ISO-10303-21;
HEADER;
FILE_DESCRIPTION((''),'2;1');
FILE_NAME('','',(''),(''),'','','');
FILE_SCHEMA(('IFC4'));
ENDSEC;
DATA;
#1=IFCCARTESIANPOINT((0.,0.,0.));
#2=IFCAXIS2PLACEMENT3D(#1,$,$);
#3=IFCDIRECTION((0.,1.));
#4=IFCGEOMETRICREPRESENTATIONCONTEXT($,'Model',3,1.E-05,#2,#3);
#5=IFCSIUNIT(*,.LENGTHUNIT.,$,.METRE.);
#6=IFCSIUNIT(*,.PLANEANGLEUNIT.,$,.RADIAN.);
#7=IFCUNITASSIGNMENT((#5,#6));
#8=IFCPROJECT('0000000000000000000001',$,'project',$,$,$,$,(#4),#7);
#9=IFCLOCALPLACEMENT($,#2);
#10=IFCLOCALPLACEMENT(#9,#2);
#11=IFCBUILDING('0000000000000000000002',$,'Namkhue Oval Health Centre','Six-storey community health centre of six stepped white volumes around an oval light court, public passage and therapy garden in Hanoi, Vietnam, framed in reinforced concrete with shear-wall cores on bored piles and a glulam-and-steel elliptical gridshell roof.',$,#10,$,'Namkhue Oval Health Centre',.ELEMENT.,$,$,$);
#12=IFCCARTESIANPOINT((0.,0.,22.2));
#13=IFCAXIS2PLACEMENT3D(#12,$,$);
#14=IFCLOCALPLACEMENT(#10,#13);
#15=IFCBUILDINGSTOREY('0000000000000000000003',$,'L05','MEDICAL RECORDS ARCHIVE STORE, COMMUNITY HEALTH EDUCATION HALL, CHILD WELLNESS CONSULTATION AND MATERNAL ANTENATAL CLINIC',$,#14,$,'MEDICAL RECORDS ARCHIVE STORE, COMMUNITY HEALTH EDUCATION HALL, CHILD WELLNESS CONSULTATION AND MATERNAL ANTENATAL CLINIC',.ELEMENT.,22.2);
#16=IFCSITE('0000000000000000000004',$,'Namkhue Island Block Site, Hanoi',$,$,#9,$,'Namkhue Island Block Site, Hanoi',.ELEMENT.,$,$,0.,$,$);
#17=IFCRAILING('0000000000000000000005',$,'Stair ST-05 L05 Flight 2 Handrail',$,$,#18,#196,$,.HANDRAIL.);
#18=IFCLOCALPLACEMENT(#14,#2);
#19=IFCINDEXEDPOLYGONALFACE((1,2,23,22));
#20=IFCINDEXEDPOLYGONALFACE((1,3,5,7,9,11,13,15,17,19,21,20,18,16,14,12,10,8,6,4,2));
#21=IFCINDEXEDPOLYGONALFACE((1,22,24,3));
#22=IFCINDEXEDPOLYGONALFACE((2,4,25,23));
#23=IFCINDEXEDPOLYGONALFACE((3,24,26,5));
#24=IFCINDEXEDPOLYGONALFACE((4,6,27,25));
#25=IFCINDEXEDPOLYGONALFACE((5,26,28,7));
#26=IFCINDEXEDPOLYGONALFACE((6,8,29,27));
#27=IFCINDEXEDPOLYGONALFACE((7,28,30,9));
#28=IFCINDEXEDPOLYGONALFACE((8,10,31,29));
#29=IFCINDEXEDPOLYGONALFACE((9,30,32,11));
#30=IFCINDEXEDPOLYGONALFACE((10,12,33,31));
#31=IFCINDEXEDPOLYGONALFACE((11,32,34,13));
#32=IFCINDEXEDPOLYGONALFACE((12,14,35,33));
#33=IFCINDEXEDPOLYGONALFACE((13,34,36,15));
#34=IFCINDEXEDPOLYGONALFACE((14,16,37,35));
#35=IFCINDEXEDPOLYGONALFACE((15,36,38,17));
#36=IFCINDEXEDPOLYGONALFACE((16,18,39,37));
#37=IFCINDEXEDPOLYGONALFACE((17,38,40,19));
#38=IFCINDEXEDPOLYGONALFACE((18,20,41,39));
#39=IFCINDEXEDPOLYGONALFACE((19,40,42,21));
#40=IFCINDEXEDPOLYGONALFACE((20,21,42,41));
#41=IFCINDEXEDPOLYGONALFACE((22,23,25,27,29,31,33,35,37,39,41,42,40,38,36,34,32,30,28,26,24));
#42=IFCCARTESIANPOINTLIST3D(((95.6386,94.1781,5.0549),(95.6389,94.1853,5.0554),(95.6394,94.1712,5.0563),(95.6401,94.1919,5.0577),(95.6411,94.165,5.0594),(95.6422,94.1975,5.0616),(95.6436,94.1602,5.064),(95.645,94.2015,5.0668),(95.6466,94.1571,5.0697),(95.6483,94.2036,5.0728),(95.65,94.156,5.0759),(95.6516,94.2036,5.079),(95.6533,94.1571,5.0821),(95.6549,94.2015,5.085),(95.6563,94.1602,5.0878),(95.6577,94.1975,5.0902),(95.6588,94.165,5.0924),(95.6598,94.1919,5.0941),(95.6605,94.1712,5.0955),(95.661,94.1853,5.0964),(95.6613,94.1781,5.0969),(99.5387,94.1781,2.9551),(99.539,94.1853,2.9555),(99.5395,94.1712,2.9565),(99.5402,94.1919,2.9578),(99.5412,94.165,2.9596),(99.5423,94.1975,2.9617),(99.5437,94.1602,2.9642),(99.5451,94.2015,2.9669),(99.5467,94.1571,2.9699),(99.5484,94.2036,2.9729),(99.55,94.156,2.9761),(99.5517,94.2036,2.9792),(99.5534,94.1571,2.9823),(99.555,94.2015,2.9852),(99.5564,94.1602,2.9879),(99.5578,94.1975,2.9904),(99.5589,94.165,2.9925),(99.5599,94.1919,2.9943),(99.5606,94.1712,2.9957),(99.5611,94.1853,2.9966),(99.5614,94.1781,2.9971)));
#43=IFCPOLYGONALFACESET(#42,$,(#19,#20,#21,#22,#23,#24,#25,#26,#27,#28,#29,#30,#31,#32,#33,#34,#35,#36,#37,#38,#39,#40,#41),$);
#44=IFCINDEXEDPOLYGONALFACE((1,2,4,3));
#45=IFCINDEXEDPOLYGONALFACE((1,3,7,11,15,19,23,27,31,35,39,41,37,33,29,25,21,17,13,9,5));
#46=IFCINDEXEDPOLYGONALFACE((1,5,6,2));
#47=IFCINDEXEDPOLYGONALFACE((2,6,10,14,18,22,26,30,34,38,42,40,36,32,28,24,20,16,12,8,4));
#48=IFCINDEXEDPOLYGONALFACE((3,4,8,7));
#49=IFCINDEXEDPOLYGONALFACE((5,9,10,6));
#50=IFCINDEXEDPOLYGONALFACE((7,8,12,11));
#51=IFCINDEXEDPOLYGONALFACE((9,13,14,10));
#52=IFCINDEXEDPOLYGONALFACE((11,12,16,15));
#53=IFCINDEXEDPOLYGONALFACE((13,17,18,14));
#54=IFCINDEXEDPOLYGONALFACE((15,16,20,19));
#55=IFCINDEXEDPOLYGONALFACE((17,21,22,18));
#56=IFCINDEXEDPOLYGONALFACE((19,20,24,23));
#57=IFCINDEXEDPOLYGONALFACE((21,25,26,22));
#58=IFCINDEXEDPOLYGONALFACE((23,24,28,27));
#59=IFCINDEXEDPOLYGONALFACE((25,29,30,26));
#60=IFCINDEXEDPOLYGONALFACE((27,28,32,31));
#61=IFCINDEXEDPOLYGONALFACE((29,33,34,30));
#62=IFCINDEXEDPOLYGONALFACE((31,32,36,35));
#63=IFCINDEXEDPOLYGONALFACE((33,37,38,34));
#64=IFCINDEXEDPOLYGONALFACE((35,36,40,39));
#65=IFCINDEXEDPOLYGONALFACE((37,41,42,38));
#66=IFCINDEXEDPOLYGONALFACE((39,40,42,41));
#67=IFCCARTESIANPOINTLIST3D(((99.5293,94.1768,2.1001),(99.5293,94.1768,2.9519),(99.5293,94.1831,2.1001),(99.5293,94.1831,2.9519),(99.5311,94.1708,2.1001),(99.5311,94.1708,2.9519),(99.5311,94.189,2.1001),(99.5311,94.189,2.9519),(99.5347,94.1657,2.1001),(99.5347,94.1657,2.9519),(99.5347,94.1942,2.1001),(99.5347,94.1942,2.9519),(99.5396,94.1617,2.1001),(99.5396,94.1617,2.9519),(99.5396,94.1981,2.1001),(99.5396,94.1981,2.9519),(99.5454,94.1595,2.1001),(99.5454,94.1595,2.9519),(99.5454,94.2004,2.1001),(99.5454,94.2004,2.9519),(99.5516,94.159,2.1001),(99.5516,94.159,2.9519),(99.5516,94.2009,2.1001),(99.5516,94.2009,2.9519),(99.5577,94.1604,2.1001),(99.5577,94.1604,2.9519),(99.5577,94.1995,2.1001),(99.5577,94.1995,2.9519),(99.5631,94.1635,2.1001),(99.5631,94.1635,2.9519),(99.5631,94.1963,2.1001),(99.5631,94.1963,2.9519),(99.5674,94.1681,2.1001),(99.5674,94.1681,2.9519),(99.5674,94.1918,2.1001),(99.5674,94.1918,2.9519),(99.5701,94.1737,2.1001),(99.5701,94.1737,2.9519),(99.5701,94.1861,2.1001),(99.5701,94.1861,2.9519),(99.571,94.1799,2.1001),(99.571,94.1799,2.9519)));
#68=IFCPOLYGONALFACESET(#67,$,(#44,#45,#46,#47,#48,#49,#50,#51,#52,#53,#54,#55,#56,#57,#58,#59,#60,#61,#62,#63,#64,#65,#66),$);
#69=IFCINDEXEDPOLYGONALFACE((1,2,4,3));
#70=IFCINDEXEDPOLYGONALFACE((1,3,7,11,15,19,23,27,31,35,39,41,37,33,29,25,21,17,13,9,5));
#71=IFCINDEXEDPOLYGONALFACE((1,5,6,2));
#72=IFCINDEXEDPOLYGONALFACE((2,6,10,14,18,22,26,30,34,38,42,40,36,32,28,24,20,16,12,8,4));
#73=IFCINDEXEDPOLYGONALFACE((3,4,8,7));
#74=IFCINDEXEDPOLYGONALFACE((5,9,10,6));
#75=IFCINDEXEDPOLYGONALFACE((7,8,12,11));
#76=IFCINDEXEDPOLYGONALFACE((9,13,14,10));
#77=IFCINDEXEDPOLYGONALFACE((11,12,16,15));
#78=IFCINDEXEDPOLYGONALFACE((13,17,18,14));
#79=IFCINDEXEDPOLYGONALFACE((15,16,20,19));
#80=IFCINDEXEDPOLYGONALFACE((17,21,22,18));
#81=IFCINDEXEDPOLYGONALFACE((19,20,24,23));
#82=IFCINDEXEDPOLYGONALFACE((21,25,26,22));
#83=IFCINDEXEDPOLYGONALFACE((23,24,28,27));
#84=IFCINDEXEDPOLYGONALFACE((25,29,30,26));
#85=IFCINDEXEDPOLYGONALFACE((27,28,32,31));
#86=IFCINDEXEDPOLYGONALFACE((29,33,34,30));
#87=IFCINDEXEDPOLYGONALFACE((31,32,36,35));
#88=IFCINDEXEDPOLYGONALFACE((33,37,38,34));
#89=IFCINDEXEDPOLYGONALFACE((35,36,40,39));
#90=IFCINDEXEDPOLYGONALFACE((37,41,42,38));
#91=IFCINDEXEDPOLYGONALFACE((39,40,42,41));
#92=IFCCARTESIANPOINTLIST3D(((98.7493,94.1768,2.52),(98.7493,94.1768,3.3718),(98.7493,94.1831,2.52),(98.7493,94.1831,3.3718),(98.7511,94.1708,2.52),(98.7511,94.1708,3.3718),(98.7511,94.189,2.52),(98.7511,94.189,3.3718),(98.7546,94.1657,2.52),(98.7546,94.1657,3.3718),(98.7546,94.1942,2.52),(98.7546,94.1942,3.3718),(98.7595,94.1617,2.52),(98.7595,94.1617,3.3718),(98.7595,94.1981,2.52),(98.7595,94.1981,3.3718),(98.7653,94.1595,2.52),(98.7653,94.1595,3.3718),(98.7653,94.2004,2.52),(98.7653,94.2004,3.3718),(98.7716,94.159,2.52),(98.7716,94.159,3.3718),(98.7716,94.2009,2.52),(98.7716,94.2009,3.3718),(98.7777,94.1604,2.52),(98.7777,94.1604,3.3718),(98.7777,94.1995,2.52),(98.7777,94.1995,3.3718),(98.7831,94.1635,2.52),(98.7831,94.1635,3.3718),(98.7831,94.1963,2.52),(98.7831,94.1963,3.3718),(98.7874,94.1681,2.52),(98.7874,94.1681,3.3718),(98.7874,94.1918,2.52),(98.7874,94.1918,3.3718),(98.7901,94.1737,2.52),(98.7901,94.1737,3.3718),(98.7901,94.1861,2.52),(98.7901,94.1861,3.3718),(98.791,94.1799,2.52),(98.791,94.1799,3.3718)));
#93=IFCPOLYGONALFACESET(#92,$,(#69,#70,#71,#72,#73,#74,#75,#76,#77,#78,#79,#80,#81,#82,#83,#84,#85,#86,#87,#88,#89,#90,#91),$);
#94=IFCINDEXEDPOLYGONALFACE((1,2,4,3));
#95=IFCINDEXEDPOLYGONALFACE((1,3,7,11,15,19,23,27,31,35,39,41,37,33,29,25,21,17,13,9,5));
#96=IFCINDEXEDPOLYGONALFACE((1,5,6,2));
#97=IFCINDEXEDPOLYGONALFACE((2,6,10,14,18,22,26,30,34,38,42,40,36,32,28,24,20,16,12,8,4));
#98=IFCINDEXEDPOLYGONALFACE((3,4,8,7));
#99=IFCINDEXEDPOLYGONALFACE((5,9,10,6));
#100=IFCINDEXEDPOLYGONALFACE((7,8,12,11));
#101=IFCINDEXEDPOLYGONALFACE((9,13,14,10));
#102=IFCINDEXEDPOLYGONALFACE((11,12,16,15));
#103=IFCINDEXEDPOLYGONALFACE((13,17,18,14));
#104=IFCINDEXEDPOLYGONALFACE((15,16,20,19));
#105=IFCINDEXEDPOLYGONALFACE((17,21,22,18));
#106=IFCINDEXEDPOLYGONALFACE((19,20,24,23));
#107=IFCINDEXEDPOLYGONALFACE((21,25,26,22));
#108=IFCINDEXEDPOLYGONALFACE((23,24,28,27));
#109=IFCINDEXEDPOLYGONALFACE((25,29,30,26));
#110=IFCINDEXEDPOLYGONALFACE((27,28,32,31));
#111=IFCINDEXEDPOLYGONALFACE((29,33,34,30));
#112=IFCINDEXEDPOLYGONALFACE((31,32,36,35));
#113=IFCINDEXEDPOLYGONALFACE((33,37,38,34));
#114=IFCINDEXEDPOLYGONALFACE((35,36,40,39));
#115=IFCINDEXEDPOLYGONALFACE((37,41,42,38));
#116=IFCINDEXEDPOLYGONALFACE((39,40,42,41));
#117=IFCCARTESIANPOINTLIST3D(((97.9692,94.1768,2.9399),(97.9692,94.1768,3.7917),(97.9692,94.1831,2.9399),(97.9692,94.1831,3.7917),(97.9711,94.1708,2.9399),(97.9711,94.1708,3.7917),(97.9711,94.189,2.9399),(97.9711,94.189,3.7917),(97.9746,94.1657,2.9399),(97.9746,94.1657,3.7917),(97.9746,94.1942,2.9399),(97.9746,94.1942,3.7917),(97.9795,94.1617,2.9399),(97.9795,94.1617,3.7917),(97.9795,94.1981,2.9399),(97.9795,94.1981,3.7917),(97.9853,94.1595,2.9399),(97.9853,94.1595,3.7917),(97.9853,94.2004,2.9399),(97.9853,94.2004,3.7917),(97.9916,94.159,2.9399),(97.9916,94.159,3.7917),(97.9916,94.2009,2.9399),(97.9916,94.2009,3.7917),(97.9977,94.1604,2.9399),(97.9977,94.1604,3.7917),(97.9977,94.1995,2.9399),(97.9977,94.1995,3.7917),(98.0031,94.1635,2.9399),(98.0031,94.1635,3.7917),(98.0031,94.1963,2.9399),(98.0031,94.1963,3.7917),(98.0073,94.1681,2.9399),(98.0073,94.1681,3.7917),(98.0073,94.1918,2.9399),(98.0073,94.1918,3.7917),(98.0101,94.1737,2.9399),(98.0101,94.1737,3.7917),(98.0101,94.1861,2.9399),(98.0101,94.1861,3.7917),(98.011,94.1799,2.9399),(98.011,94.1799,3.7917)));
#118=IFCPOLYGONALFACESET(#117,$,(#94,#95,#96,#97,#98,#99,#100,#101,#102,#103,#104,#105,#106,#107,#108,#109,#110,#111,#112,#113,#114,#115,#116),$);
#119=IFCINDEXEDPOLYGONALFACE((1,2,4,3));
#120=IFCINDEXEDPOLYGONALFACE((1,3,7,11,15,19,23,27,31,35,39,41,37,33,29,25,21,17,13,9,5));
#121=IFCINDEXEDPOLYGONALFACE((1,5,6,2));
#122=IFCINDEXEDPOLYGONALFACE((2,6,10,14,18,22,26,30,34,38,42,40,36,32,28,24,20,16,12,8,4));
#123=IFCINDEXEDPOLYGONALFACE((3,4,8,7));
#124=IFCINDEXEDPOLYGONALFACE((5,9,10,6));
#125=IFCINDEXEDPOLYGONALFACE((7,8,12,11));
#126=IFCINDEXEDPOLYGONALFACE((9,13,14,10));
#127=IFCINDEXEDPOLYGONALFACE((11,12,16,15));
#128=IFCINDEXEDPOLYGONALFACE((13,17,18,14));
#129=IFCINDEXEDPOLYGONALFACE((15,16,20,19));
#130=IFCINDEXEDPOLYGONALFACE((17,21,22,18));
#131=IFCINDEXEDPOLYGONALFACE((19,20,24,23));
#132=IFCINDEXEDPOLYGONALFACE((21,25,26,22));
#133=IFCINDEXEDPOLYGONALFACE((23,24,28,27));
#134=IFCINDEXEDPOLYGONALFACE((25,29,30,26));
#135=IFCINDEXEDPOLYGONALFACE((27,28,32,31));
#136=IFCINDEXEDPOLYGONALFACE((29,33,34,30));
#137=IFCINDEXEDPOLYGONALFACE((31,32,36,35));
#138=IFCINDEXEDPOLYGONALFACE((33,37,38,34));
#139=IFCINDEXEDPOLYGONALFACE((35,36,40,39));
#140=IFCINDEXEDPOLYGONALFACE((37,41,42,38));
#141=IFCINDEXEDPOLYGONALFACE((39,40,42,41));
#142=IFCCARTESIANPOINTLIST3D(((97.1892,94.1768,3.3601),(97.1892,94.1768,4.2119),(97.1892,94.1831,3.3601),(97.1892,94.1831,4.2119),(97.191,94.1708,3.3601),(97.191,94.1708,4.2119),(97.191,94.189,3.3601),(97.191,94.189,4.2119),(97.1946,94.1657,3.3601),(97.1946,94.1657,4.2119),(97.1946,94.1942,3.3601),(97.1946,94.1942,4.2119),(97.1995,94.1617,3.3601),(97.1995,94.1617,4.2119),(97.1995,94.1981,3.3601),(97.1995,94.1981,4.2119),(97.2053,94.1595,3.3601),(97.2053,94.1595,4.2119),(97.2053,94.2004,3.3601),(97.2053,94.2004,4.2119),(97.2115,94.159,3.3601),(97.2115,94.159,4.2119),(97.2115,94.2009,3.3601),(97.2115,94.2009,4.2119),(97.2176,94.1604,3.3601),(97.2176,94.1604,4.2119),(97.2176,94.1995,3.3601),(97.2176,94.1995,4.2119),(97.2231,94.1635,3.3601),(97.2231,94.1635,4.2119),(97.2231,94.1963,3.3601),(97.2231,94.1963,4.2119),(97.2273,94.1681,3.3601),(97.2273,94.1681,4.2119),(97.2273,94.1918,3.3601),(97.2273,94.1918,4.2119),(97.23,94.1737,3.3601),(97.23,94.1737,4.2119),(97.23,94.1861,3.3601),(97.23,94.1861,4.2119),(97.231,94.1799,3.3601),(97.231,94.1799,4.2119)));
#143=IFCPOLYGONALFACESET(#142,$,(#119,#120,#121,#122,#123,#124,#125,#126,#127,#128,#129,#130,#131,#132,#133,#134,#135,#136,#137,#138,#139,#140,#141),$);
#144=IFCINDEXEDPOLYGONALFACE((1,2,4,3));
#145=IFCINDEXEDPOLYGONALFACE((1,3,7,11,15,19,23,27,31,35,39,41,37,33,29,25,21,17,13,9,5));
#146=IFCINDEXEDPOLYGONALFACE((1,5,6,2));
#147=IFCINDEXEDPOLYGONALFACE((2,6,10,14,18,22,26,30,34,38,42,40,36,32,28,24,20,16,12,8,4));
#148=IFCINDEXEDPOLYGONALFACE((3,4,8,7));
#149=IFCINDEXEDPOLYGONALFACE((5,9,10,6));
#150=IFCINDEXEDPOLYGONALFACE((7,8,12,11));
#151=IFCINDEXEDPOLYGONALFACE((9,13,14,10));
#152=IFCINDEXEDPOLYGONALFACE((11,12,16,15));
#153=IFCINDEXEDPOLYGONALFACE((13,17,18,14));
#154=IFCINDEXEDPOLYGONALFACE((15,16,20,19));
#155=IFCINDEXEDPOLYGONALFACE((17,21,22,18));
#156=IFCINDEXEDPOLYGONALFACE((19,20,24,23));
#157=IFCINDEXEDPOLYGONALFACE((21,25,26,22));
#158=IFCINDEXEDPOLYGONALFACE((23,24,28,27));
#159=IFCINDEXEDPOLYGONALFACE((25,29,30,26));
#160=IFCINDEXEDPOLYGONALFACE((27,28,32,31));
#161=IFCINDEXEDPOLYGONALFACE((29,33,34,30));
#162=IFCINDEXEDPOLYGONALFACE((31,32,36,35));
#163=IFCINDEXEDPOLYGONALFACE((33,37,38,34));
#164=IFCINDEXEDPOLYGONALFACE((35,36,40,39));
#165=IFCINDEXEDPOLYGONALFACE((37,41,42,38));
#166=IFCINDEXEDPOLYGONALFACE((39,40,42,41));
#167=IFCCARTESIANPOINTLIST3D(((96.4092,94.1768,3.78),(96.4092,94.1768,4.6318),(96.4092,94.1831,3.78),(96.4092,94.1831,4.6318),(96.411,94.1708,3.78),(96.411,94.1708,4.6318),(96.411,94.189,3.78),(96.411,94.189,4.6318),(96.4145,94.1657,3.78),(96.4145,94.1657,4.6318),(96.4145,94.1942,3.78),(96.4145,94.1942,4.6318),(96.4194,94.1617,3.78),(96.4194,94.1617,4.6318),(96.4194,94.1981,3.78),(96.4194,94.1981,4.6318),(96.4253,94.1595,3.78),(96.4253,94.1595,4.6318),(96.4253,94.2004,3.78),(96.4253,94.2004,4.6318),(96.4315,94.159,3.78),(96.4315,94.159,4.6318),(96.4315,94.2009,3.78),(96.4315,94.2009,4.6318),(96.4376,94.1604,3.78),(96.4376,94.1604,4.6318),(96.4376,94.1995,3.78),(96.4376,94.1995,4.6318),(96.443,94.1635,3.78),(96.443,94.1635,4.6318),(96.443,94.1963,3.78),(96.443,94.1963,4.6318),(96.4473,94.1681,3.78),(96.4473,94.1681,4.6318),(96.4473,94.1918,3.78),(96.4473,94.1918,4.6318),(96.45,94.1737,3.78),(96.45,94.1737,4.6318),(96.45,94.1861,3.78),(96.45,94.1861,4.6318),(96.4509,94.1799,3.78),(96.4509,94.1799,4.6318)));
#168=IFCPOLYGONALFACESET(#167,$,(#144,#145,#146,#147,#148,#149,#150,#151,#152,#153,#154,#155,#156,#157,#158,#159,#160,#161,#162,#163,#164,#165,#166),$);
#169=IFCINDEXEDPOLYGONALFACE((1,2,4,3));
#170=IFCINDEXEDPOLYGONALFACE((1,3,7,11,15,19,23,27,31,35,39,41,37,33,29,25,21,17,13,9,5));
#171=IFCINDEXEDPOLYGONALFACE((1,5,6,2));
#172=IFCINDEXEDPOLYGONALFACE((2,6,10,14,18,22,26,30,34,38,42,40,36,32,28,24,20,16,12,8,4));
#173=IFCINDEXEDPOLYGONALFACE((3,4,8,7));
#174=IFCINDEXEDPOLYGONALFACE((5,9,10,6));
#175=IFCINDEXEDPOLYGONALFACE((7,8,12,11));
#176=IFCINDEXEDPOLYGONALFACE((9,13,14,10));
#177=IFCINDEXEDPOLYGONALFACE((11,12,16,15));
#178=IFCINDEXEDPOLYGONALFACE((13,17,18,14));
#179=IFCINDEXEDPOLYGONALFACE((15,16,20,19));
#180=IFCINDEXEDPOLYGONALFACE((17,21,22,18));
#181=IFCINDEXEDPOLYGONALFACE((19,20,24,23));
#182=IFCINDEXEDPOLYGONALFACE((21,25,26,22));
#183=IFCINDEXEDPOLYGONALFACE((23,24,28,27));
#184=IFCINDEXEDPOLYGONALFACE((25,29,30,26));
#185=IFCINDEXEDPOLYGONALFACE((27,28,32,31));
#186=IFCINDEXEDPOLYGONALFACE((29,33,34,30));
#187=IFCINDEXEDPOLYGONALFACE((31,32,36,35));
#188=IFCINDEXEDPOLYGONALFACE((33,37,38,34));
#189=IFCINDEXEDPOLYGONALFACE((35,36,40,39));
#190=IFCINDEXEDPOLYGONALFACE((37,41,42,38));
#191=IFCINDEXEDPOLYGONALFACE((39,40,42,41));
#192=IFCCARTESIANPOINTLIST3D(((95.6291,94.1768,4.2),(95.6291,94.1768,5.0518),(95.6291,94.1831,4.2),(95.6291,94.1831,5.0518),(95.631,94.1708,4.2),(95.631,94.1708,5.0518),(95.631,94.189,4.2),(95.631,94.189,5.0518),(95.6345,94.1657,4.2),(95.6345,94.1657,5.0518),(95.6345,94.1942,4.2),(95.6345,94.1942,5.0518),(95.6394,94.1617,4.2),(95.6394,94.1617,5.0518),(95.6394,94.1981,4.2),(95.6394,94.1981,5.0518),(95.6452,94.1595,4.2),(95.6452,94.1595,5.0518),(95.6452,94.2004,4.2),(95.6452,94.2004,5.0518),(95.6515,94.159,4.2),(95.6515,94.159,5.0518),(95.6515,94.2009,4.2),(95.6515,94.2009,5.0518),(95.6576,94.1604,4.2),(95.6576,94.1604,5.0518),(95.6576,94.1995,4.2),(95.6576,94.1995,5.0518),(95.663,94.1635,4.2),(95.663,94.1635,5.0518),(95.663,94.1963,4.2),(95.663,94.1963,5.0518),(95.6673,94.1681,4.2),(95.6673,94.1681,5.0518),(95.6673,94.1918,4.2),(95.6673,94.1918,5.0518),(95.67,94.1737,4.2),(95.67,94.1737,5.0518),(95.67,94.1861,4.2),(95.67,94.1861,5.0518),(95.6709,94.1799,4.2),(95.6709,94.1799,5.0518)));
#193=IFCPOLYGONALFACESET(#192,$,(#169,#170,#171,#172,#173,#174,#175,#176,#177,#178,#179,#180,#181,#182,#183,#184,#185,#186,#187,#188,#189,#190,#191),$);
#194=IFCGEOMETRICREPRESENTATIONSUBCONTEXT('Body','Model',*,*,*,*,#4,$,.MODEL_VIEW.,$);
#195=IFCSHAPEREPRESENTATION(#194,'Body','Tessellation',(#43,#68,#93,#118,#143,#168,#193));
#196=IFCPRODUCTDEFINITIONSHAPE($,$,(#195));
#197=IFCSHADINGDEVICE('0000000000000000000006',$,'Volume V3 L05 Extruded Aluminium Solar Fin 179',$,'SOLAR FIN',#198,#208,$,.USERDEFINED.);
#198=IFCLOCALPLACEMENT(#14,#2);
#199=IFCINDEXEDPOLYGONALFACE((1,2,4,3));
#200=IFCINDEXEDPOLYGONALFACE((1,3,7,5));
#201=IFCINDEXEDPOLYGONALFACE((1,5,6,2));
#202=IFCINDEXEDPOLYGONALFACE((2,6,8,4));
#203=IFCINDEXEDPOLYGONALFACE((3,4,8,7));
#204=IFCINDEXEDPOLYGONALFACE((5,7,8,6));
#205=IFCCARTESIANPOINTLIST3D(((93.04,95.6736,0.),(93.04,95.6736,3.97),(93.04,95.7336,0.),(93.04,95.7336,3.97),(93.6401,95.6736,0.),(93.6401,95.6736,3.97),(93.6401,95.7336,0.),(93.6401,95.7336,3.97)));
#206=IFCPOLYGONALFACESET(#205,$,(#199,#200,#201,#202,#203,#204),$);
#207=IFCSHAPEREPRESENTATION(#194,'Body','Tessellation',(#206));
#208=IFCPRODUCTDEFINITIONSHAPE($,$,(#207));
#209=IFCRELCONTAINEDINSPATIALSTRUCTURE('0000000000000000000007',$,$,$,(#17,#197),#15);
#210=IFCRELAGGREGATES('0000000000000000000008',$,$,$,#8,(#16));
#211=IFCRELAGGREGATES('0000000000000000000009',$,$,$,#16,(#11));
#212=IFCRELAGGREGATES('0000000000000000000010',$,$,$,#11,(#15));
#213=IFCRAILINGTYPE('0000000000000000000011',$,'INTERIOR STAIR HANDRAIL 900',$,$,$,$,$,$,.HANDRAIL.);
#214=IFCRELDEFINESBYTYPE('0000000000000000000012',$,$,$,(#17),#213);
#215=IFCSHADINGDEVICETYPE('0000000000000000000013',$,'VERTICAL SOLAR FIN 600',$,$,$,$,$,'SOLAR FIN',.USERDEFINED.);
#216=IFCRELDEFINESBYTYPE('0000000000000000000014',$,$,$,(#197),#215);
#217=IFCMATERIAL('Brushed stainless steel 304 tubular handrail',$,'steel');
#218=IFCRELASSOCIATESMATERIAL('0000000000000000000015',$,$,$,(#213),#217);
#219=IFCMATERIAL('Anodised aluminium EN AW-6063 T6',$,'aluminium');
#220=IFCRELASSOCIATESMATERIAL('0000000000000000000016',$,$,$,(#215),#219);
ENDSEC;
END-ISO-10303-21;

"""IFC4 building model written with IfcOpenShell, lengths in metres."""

from ifc_helpers import new_model, si_unit, direction, frame, origin, origin_2d, place, context, subcontext, project, spatial, rectangle, circle, extrude, material, type_object, element, save


model = new_model("IFC4")

# Units and contexts
model_context = context("Model", 3, precision=1e-05, world=origin(), true_north=direction((0.0, 1.0)))
body_context = subcontext(model_context, "Body", "Model", "MODEL_VIEW")
ifc_project = project(units=[si_unit("LENGTHUNIT", "METRE"), si_unit("PLANEANGLEUNIT", "RADIAN")], contexts=[model_context])

# Site, building, storey
site_placement = place(None, origin())
site = spatial("IfcSite", under=ifc_project, at=site_placement, Name="Namkhue Island Block Site, Hanoi", LongName="Namkhue Island Block Site, Hanoi", CompositionType="ELEMENT", RefElevation=0.0)
building_placement = place(site_placement, origin())
building = spatial("IfcBuilding", under=site, at=building_placement, Name="Namkhue Oval Health Centre", Description="Six-storey community health centre of six stepped white volumes around an oval light court, public passage and therapy garden in Hanoi, Vietnam, framed in reinforced concrete with shear-wall cores on bored piles and a glulam-and-steel elliptical gridshell roof.", LongName="Namkhue Oval Health Centre", CompositionType="ELEMENT")
storey_placement = place(building_placement, frame((0.0, 0.0, 22.2)))
storey = spatial("IfcBuildingStorey", under=building, at=storey_placement, Name="L05", Description="MEDICAL RECORDS ARCHIVE STORE, COMMUNITY HEALTH EDUCATION HALL, CHILD WELLNESS CONSULTATION AND MATERNAL ANTENATAL CLINIC", LongName="MEDICAL RECORDS ARCHIVE STORE, COMMUNITY HEALTH EDUCATION HALL, CHILD WELLNESS CONSULTATION AND MATERNAL ANTENATAL CLINIC", CompositionType="ELEMENT", Elevation=22.2)

# Shared definitions
ifc_material_1 = material(Name="Anodised aluminium EN AW-6063 T6", Category="aluminium")

# Railing
ifc_material_2 = material(Name="Brushed stainless steel 304 tubular handrail", Category="steel")
railing_type_1 = type_object("IfcRailingType", Name="INTERIOR STAIR HANDRAIL 900", PredefinedType="HANDRAIL", material=ifc_material_2)
railing_1_placement = place(storey_placement, frame((99.55, 94.1799, 2.1001)))
element("IfcRailing", 1, at=railing_1_placement, inside=storey, type_object=railing_type_1, Name="Stair ST-05 L05 Flight 2 Handrail", PredefinedType="HANDRAIL", context=body_context, shape_type="SweptSolid", body=[
    extrude(circle(Radius=0.0239, at=origin_2d()), frame((0.0, 0.0, 0.876), z_axis=(-0.880492, 0.0, 0.47406), x_axis=(0.0, -1.0, 0.0)), (0.0, 0.0, 1.0), 4.4294),
    extrude(circle(Radius=0.021, at=origin_2d()), origin(), (0.0, 0.0, 1.0), 0.8518),
    extrude(circle(Radius=0.021, at=origin_2d()), frame((-0.78, 0.0, 0.4199)), (0.0, 0.0, 1.0), 0.8518),
    extrude(circle(Radius=0.021, at=origin_2d()), frame((-1.5601, 0.0, 0.8398)), (0.0, 0.0, 1.0), 0.8518),
    extrude(circle(Radius=0.021, at=origin_2d()), frame((-2.3401, 0.0, 1.26)), (0.0, 0.0, 1.0), 0.8518),
    extrude(circle(Radius=0.021, at=origin_2d()), frame((-3.1201, 0.0, 1.6799)), (0.0, 0.0, 1.0), 0.8518),
    extrude(circle(Radius=0.021, at=origin_2d()), frame((-3.9001, 0.0, 2.0999)), (0.0, 0.0, 1.0), 0.8518),
])

# Shading device
shading_device_type = type_object("IfcShadingDeviceType", Name="VERTICAL SOLAR FIN 600", ElementType="SOLAR FIN", PredefinedType="USERDEFINED", material=ifc_material_1)
shading_device_placement = place(storey_placement, frame((93.3401, 95.7036, 0.0), z_axis=(0.0, 0.0, 1.0), x_axis=(-1.0, 0.0, 0.0)))
element("IfcShadingDevice", 2, at=shading_device_placement, inside=storey, type_object=shading_device_type, Name="Volume V3 L05 Extruded Aluminium Solar Fin 179", ObjectType="SOLAR FIN", PredefinedType="USERDEFINED", context=body_context, shape_type="SweptSolid", body=[
    extrude(rectangle(XDim=0.6001, YDim=0.0601, at=origin_2d()), origin(), (0.0, 0.0, 1.0), 3.97),
])

save(model, "model.ifc")
